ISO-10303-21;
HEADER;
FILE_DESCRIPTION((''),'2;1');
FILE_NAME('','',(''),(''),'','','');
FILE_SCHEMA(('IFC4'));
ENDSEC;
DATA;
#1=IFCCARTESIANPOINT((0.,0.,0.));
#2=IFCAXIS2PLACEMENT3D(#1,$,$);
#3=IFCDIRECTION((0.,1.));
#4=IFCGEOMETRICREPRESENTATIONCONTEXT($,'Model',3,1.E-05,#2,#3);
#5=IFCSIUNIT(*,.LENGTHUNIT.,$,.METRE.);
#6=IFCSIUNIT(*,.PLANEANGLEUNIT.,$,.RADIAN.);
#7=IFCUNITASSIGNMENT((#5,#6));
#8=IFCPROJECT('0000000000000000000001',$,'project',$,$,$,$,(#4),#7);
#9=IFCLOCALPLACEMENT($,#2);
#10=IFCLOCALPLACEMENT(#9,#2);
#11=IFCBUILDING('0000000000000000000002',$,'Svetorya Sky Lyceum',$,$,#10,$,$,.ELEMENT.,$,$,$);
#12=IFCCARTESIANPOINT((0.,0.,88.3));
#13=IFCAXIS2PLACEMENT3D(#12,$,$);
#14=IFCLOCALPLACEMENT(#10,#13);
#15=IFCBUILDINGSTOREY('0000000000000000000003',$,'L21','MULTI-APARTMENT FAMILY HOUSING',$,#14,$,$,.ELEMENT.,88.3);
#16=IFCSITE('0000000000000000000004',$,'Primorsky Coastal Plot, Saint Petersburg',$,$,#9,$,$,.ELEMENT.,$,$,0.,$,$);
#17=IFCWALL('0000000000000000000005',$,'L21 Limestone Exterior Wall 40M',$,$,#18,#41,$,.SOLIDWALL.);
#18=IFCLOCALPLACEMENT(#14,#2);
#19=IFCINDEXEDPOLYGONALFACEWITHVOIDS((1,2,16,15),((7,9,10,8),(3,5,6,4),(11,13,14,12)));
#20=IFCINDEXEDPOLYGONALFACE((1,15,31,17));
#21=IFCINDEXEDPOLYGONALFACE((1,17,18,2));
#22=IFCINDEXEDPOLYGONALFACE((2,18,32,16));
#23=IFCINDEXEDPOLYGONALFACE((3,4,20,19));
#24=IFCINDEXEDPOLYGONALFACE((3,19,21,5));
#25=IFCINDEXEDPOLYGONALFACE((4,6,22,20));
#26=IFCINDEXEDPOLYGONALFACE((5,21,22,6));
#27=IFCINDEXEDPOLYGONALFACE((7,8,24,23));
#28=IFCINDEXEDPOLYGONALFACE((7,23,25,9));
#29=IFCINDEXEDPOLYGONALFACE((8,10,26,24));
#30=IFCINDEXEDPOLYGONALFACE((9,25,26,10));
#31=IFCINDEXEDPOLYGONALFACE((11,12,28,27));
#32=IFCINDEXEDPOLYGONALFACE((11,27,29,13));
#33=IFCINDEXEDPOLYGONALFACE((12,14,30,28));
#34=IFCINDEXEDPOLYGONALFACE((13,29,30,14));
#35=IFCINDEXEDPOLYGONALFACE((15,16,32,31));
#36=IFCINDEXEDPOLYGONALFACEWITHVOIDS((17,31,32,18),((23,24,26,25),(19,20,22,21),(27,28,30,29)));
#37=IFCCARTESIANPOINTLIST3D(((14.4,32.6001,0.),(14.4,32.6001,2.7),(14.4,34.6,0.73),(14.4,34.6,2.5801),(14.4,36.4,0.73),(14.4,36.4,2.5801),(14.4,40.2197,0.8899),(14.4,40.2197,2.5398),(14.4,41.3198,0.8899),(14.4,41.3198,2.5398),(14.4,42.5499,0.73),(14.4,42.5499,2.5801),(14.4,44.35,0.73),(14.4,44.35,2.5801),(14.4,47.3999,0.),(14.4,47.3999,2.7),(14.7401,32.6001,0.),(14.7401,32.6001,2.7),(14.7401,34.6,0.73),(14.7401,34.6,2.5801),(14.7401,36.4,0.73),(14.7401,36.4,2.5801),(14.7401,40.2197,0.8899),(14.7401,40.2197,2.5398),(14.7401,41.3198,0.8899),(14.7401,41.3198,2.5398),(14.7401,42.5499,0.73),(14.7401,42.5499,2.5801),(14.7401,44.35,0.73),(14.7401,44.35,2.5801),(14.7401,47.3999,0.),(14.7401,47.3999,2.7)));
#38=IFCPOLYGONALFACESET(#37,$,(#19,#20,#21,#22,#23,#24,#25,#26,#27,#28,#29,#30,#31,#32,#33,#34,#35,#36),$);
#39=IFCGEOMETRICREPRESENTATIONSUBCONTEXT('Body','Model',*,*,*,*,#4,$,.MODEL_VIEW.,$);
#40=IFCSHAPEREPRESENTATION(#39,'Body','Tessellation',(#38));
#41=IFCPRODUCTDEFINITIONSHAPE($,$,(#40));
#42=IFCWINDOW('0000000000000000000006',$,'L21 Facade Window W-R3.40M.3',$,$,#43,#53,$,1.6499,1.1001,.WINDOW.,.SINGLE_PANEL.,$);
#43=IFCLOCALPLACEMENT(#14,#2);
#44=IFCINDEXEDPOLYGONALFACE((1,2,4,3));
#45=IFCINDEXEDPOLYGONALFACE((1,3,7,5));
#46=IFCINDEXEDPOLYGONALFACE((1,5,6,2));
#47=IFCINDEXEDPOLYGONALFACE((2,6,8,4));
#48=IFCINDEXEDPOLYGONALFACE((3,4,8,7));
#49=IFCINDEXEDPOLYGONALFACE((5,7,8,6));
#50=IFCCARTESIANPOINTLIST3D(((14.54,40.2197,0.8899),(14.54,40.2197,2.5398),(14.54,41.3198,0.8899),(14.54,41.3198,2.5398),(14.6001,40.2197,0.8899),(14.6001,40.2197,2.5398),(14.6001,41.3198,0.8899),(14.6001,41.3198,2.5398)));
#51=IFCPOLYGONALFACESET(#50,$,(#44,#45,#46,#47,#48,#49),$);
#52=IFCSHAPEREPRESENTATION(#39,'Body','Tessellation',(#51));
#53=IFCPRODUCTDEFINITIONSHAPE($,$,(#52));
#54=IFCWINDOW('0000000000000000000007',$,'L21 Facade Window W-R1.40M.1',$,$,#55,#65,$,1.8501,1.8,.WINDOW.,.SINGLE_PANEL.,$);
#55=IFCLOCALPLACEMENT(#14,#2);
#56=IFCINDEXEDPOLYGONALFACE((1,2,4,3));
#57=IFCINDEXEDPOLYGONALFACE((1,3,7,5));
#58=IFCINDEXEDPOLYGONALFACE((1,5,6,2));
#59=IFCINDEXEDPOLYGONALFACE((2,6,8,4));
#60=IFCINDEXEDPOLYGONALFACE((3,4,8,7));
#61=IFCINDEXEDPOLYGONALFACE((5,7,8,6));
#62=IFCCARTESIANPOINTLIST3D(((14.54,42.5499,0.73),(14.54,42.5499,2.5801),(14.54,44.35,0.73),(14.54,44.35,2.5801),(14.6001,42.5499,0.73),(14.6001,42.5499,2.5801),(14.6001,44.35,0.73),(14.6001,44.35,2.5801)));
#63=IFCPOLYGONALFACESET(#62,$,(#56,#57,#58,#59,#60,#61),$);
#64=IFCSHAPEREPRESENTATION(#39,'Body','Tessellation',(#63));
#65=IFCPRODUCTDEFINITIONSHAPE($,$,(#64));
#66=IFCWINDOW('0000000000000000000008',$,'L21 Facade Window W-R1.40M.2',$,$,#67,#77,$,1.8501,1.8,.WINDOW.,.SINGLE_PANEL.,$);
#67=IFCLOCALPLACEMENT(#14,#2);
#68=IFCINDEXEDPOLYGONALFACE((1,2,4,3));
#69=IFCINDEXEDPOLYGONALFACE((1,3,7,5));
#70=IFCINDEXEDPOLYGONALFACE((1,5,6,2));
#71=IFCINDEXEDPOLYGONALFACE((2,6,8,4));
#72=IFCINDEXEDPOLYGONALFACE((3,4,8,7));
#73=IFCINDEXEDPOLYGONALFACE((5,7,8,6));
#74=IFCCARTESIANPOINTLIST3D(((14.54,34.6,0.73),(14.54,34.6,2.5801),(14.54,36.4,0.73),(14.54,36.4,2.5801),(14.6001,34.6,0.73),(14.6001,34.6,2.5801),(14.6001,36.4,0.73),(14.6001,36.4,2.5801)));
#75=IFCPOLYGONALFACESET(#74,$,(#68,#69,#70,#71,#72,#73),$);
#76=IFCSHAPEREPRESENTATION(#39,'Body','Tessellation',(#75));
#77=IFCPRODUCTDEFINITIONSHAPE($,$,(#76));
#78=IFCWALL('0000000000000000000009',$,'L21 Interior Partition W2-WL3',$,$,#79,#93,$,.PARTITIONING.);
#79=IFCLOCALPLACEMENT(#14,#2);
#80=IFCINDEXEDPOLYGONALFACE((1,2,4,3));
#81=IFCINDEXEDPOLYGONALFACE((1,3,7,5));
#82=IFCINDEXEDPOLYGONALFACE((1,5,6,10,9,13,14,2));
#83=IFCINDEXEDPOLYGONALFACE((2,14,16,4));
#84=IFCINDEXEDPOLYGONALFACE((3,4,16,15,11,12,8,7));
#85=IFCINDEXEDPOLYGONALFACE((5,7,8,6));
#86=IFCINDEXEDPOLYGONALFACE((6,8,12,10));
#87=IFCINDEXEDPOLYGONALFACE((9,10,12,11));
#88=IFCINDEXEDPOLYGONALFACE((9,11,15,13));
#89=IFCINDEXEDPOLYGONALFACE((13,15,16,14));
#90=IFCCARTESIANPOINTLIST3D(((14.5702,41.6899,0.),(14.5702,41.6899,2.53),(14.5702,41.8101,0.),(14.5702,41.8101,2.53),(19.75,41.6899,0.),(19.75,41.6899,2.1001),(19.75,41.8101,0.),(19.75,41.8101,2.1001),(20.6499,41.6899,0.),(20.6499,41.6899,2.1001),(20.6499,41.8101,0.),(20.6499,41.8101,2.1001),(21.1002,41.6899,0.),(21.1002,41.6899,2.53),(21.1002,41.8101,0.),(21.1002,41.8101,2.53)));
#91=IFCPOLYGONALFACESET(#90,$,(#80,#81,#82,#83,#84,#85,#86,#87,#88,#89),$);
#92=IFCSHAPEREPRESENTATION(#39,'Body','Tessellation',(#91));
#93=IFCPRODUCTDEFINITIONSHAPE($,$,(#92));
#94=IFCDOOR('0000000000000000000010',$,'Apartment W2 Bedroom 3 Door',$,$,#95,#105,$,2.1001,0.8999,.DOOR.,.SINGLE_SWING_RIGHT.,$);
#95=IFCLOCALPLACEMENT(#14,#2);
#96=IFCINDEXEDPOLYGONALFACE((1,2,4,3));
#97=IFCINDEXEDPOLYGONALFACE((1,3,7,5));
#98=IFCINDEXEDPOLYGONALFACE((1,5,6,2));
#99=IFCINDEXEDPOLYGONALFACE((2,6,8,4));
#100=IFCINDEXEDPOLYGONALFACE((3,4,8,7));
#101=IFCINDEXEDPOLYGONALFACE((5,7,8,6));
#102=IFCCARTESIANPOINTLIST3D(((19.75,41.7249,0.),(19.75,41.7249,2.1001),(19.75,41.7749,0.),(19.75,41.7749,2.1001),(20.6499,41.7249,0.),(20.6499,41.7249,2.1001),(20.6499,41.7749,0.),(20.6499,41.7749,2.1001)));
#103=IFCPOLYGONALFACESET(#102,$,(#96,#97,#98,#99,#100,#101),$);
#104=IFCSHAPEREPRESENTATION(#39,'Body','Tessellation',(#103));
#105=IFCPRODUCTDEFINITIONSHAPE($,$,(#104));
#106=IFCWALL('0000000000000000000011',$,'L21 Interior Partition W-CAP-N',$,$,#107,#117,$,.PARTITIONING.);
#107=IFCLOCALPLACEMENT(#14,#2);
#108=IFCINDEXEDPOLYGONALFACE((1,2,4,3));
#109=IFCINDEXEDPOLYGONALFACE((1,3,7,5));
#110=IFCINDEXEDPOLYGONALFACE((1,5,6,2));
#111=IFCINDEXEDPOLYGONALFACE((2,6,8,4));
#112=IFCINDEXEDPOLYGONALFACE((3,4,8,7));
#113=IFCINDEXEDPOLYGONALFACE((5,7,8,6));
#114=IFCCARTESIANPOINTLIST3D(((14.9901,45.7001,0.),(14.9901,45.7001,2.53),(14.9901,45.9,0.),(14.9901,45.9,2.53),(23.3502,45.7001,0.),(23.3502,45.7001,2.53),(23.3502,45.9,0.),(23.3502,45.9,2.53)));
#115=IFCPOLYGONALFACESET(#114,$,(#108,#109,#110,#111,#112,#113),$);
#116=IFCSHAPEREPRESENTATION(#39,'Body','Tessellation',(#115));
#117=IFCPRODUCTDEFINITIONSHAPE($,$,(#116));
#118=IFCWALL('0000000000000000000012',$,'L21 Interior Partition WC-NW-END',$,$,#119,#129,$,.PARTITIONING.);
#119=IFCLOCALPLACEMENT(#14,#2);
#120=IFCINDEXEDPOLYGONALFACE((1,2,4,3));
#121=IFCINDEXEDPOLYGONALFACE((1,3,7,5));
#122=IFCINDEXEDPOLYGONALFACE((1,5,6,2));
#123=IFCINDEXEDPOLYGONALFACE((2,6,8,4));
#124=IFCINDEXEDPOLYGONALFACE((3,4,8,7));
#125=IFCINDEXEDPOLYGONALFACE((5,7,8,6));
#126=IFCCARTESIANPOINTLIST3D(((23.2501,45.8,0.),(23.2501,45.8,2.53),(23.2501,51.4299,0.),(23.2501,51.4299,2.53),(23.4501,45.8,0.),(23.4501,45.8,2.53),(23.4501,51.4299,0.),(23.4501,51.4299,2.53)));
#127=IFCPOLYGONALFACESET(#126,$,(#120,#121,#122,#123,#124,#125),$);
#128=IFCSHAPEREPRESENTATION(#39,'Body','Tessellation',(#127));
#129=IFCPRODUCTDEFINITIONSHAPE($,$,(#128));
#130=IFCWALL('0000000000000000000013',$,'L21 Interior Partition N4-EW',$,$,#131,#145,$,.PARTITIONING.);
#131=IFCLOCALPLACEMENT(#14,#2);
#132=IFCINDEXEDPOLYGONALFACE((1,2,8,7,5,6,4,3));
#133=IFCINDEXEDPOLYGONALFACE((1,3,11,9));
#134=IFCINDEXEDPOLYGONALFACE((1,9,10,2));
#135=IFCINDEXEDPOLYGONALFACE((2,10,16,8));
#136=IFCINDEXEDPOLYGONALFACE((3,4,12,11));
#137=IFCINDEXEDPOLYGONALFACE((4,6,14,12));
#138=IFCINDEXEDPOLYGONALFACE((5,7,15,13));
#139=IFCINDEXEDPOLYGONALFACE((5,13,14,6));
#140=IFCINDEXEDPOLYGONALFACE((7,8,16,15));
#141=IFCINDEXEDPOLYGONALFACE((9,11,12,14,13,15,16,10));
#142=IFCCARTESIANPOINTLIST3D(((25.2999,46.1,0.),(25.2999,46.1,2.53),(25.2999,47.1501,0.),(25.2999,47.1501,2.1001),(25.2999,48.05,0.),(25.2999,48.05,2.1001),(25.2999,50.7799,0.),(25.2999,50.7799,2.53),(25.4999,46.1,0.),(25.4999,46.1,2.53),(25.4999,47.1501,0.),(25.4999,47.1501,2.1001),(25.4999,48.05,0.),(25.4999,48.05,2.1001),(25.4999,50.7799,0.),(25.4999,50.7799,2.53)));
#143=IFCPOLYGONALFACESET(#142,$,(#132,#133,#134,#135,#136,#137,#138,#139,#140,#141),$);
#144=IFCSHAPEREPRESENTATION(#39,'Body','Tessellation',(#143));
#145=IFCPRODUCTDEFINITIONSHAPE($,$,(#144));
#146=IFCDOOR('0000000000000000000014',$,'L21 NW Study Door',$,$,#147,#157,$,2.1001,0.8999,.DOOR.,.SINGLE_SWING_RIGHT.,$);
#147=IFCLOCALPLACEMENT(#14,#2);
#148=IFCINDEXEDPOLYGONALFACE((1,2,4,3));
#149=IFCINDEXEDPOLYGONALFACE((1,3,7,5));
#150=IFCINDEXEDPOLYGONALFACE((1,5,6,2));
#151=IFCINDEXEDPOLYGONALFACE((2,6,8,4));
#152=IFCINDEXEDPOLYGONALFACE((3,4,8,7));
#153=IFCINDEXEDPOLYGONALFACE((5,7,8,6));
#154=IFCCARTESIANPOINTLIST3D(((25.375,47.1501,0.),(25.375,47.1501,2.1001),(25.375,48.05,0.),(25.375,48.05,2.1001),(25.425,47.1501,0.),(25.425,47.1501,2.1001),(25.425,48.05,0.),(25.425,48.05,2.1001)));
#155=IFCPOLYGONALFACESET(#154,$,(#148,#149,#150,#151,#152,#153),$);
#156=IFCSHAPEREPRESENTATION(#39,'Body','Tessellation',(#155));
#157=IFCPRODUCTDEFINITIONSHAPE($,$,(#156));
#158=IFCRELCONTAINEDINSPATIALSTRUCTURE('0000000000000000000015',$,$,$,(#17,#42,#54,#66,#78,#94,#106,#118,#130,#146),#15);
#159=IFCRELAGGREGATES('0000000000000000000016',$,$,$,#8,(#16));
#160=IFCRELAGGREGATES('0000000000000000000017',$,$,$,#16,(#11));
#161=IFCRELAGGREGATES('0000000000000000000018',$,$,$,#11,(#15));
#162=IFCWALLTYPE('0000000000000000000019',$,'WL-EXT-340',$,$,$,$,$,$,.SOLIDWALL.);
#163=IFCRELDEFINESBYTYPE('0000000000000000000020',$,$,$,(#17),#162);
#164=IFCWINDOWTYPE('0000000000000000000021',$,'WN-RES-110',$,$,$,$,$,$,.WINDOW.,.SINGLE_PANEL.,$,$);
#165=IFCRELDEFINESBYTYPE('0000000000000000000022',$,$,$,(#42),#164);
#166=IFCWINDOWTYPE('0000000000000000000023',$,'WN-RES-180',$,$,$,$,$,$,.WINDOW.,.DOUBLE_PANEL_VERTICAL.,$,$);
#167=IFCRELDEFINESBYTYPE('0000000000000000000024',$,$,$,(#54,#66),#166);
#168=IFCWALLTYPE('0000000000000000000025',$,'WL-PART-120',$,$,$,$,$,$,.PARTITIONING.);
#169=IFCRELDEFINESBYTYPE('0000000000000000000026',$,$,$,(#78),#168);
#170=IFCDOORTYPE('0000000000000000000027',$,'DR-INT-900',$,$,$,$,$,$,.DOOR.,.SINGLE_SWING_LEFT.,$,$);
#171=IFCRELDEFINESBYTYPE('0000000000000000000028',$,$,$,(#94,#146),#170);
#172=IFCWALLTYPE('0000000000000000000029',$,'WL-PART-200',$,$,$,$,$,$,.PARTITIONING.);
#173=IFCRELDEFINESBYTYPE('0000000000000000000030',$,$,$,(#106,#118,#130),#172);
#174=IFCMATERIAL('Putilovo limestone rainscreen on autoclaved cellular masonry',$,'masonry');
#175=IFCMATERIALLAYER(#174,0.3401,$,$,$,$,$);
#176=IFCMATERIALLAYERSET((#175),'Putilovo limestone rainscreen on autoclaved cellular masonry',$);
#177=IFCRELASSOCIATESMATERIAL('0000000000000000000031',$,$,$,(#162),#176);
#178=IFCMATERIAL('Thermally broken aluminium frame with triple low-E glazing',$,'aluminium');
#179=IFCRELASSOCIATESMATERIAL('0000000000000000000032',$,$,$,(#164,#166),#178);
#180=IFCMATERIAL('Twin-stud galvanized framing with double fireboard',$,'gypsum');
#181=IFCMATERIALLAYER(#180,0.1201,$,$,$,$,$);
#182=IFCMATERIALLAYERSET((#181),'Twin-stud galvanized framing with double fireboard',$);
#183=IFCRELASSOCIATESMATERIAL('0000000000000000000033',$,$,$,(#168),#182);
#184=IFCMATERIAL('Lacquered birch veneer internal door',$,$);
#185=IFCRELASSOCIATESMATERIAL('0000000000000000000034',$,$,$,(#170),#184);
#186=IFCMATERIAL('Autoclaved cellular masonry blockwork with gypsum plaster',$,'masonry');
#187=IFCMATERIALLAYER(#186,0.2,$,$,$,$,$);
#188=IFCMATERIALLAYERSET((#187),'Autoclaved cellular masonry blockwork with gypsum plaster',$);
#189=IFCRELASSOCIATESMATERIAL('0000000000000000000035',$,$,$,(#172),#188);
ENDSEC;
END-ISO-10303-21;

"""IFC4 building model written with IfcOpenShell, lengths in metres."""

from ifc_helpers import new_model, si_unit, direction, frame, frame_2d, origin, place, context, subcontext, project, spatial, rectangle, extrude, material, layer, layer_set, type_object, element, fill, save


model = new_model("IFC4")

# Units and contexts
model_context = context("Model", 3, precision=1e-05, world=origin(), true_north=direction((0.0, 1.0)))
body_context = subcontext(model_context, "Body", "Model", "MODEL_VIEW")
ifc_project = project(units=[si_unit("LENGTHUNIT", "METRE"), si_unit("PLANEANGLEUNIT", "RADIAN")], contexts=[model_context])

# Site, building, storey
site_placement = place(None, origin())
site = spatial("IfcSite", under=ifc_project, at=site_placement, Name="Primorsky Coastal Plot, Saint Petersburg", CompositionType="ELEMENT", RefElevation=0.0)
building_placement = place(site_placement, origin())
building = spatial("IfcBuilding", under=site, at=building_placement, Name="Svetorya Sky Lyceum", CompositionType="ELEMENT")
storey_placement = place(building_placement, frame((0.0, 0.0, 88.3)))
storey = spatial("IfcBuildingStorey", under=building, at=storey_placement, Name="L21", Description="MULTI-APARTMENT FAMILY HOUSING", CompositionType="ELEMENT", Elevation=88.3)

# Shared definitions
ifc_material_1 = material(Name="Putilovo limestone rainscreen on autoclaved cellular masonry", Category="masonry")
ifc_layer_1 = layer(ifc_material_1, 0.3401)
ifc_layer_set_1 = layer_set([ifc_layer_1], Name="Putilovo limestone rainscreen on autoclaved cellular masonry")
wall_type_1 = type_object("IfcWallType", Name="WL-EXT-340", PredefinedType="SOLIDWALL", material=ifc_layer_set_1)

# Wall, openings, windows
wall_1_placement = place(storey_placement, frame((14.5701, 47.3999, 0.0), z_axis=(0.0, 0.0, 1.0), x_axis=(0.0, -1.0, 0.0)))
wall_1 = element("IfcWall", 1, at=wall_1_placement, inside=storey, type_object=wall_type_1, Name="L21 Limestone Exterior Wall 40M", PredefinedType="SOLIDWALL", context=body_context, shape_type="SweptSolid", body=[
    extrude(rectangle(XDim=14.7998, YDim=0.3401, at=frame_2d((7.3999, 0.0))), origin(), (0.0, 0.0, 1.0), 2.7),
])
opening_1_placement = place(wall_1_placement, frame((3.05, 0.0, 0.73)))
opening_1 = element("IfcOpeningElement", 2, at=opening_1_placement, cuts=wall_1, PredefinedType="OPENING", context=body_context, shape_type="SweptSolid", body=[
    extrude(rectangle(XDim=1.8, YDim=1.8501, at=frame_2d((0.8999, 0.925))), frame((0.0, 0.1799, 0.0), z_axis=(0.0, -1.0, 0.0), x_axis=(1.0, 0.0, 0.0)), (0.0, 0.0, 1.0), 0.3601),
])
opening_2_placement = place(wall_1_placement, frame((6.0801, 0.0, 0.8899)))
opening_2 = element("IfcOpeningElement", 3, at=opening_2_placement, cuts=wall_1, PredefinedType="OPENING", context=body_context, shape_type="SweptSolid", body=[
    extrude(rectangle(XDim=1.1001, YDim=1.6499, at=frame_2d((0.55, 0.825))), frame((0.0, 0.1799, 0.0), z_axis=(0.0, -1.0, 0.0), x_axis=(1.0, 0.0, 0.0)), (0.0, 0.0, 1.0), 0.3601),
])
opening_3_placement = place(wall_1_placement, frame((11.0, 0.0, 0.73)))
opening_3 = element("IfcOpeningElement", 4, at=opening_3_placement, cuts=wall_1, PredefinedType="OPENING", context=body_context, shape_type="SweptSolid", body=[
    extrude(rectangle(XDim=1.8, YDim=1.8501, at=frame_2d((0.8999, 0.925))), frame((0.0, 0.1799, 0.0), z_axis=(0.0, -1.0, 0.0), x_axis=(1.0, 0.0, 0.0)), (0.0, 0.0, 1.0), 0.3601),
])
ifc_material_2 = material(Name="Thermally broken aluminium frame with triple low-E glazing", Category="aluminium")
window_type_1 = type_object("IfcWindowType", Name="WN-RES-110", PartitioningType="SINGLE_PANEL", PredefinedType="WINDOW", material=ifc_material_2)
window_1_placement = place(opening_2_placement, origin())
window_1 = element("IfcWindow", 5, at=window_1_placement, inside=storey, type_object=window_type_1, Name="L21 Facade Window W-R3.40M.3", OverallHeight=1.6499, OverallWidth=1.1001, PartitioningType="SINGLE_PANEL", PredefinedType="WINDOW", context=body_context, shape_type="SweptSolid", body=[
    extrude(rectangle(XDim=1.1001, YDim=1.6499, at=frame_2d((0.55, 0.825))), frame((0.0, 0.03, 0.0), z_axis=(0.0, -1.0, 0.0), x_axis=(1.0, 0.0, 0.0)), (0.0, 0.0, 1.0), 0.0601),
])
fill(opening_2, window_1)
window_type_2 = type_object("IfcWindowType", Name="WN-RES-180", PartitioningType="DOUBLE_PANEL_VERTICAL", PredefinedType="WINDOW", material=ifc_material_2)
window_2_placement = place(opening_1_placement, origin())
window_2 = element("IfcWindow", 6, at=window_2_placement, inside=storey, type_object=window_type_2, Name="L21 Facade Window W-R1.40M.1", OverallHeight=1.8501, OverallWidth=1.8, PartitioningType="SINGLE_PANEL", PredefinedType="WINDOW", context=body_context, shape_type="SweptSolid", body=[
    extrude(rectangle(XDim=1.8, YDim=1.8501, at=frame_2d((0.8999, 0.925))), frame((0.0, 0.03, 0.0), z_axis=(0.0, -1.0, 0.0), x_axis=(1.0, 0.0, 0.0)), (0.0, 0.0, 1.0), 0.0601),
])
fill(opening_1, window_2)
window_3_placement = place(opening_3_placement, origin())
window_3 = element("IfcWindow", 7, at=window_3_placement, inside=storey, type_object=window_type_2, Name="L21 Facade Window W-R1.40M.2", OverallHeight=1.8501, OverallWidth=1.8, PartitioningType="SINGLE_PANEL", PredefinedType="WINDOW", context=body_context, shape_type="SweptSolid", body=[
    extrude(rectangle(XDim=1.8, YDim=1.8501, at=frame_2d((0.8999, 0.925))), frame((0.0, 0.03, 0.0), z_axis=(0.0, -1.0, 0.0), x_axis=(1.0, 0.0, 0.0)), (0.0, 0.0, 1.0), 0.0601),
])
fill(opening_3, window_3)

# Wall, opening, door
ifc_material_3 = material(Name="Twin-stud galvanized framing with double fireboard", Category="gypsum")
ifc_layer_2 = layer(ifc_material_3, 0.1201)
ifc_layer_set_2 = layer_set([ifc_layer_2], Name="Twin-stud galvanized framing with double fireboard")
wall_type_2 = type_object("IfcWallType", Name="WL-PART-120", PredefinedType="PARTITIONING", material=ifc_layer_set_2)
wall_2_placement = place(storey_placement, frame((14.5701, 41.75, 0.0), z_axis=(0.0, 0.0, 1.0), x_axis=(1.0, 0.0, 0.0)))
wall_2 = element("IfcWall", 8, at=wall_2_placement, inside=storey, type_object=wall_type_2, Name="L21 Interior Partition W2-WL3", PredefinedType="PARTITIONING", context=body_context, shape_type="SweptSolid", body=[
    extrude(rectangle(XDim=6.53, YDim=0.1201, at=frame_2d((3.2651, 0.0))), origin(), (0.0, 0.0, 1.0), 2.53),
])
opening_4_placement = place(wall_2_placement, frame((5.1799, 0.0, 0.0)))
opening_4 = element("IfcOpeningElement", 9, at=opening_4_placement, cuts=wall_2, PredefinedType="OPENING", context=body_context, shape_type="SweptSolid", body=[
    extrude(rectangle(XDim=0.8999, YDim=2.1001, at=frame_2d((0.45, 1.05))), frame((0.0, 0.0701, 0.0), z_axis=(0.0, -1.0, 0.0), x_axis=(1.0, 0.0, 0.0)), (0.0, 0.0, 1.0), 0.1401),
])
ifc_material_4 = material(Name="Lacquered birch veneer internal door")
door_type = type_object("IfcDoorType", Name="DR-INT-900", OperationType="SINGLE_SWING_LEFT", PredefinedType="DOOR", material=ifc_material_4)
door_1_placement = place(opening_4_placement, origin())
door_1 = element("IfcDoor", 10, at=door_1_placement, inside=storey, type_object=door_type, Name="Apartment W2 Bedroom 3 Door", OperationType="SINGLE_SWING_RIGHT", OverallHeight=2.1001, OverallWidth=0.8999, PredefinedType="DOOR", context=body_context, shape_type="SweptSolid", body=[
    extrude(rectangle(XDim=0.8999, YDim=2.1001, at=frame_2d((0.45, 1.05))), frame((0.0, 0.0249, 0.0), z_axis=(0.0, -1.0, 0.0), x_axis=(1.0, 0.0, 0.0)), (0.0, 0.0, 1.0), 0.05),
])
fill(opening_4, door_1)

# Walls
ifc_material_5 = material(Name="Autoclaved cellular masonry blockwork with gypsum plaster", Category="masonry")
ifc_layer_3 = layer(ifc_material_5, 0.2)
ifc_layer_set_3 = layer_set([ifc_layer_3], Name="Autoclaved cellular masonry blockwork with gypsum plaster")
wall_type_3 = type_object("IfcWallType", Name="WL-PART-200", PredefinedType="PARTITIONING", material=ifc_layer_set_3)
wall_3_placement = place(storey_placement, frame((14.99, 45.8, 0.0), z_axis=(0.0, 0.0, 1.0), x_axis=(1.0, 0.0, 0.0)))
element("IfcWall", 11, at=wall_3_placement, inside=storey, type_object=wall_type_3, Name="L21 Interior Partition W-CAP-N", PredefinedType="PARTITIONING", context=body_context, shape_type="SweptSolid", body=[
    extrude(rectangle(XDim=8.3601, YDim=0.2, at=frame_2d((4.1802, 0.0))), origin(), (0.0, 0.0, 1.0), 2.53),
])
wall_4_placement = place(storey_placement, frame((23.3501, 45.8, 0.0), z_axis=(0.0, 0.0, 1.0), x_axis=(0.0, 1.0, 0.0)))
element("IfcWall", 12, at=wall_4_placement, inside=storey, type_object=wall_type_3, Name="L21 Interior Partition WC-NW-END", PredefinedType="PARTITIONING", context=body_context, shape_type="SweptSolid", body=[
    extrude(rectangle(XDim=5.6299, YDim=0.2, at=frame_2d((2.8149, 0.0))), origin(), (0.0, 0.0, 1.0), 2.53),
])

# Wall, opening, door
wall_5_placement = place(storey_placement, frame((25.3999, 46.1001, 0.0), z_axis=(0.0, 0.0, 1.0), x_axis=(0.0, 1.0, 0.0)))
wall_5 = element("IfcWall", 13, at=wall_5_placement, inside=storey, type_object=wall_type_3, Name="L21 Interior Partition N4-EW", PredefinedType="PARTITIONING", context=body_context, shape_type="SweptSolid", body=[
    extrude(rectangle(XDim=4.6799, YDim=0.2, at=frame_2d((2.3398, 0.0))), origin(), (0.0, 0.0, 1.0), 2.53),
])
opening_5_placement = place(wall_5_placement, frame((1.05, 0.0, 0.0)))
opening_5 = element("IfcOpeningElement", 14, at=opening_5_placement, cuts=wall_5, PredefinedType="OPENING", context=body_context, shape_type="SweptSolid", body=[
    extrude(rectangle(XDim=0.8999, YDim=2.1001, at=frame_2d((0.45, 1.05))), frame((0.0, 0.1099, 0.0), z_axis=(0.0, -1.0, 0.0), x_axis=(1.0, 0.0, 0.0)), (0.0, 0.0, 1.0), 0.22),
])
door_2_placement = place(opening_5_placement, origin())
door_2 = element("IfcDoor", 15, at=door_2_placement, inside=storey, type_object=door_type, Name="L21 NW Study Door", OperationType="SINGLE_SWING_RIGHT", OverallHeight=2.1001, OverallWidth=0.8999, PredefinedType="DOOR", context=body_context, shape_type="SweptSolid", body=[
    extrude(rectangle(XDim=0.8999, YDim=2.1001, at=frame_2d((0.45, 1.05))), frame((0.0, 0.0249, 0.0), z_axis=(0.0, -1.0, 0.0), x_axis=(1.0, 0.0, 0.0)), (0.0, 0.0, 1.0), 0.05),
])
fill(opening_5, door_2)

save(model, "model.ifc")
